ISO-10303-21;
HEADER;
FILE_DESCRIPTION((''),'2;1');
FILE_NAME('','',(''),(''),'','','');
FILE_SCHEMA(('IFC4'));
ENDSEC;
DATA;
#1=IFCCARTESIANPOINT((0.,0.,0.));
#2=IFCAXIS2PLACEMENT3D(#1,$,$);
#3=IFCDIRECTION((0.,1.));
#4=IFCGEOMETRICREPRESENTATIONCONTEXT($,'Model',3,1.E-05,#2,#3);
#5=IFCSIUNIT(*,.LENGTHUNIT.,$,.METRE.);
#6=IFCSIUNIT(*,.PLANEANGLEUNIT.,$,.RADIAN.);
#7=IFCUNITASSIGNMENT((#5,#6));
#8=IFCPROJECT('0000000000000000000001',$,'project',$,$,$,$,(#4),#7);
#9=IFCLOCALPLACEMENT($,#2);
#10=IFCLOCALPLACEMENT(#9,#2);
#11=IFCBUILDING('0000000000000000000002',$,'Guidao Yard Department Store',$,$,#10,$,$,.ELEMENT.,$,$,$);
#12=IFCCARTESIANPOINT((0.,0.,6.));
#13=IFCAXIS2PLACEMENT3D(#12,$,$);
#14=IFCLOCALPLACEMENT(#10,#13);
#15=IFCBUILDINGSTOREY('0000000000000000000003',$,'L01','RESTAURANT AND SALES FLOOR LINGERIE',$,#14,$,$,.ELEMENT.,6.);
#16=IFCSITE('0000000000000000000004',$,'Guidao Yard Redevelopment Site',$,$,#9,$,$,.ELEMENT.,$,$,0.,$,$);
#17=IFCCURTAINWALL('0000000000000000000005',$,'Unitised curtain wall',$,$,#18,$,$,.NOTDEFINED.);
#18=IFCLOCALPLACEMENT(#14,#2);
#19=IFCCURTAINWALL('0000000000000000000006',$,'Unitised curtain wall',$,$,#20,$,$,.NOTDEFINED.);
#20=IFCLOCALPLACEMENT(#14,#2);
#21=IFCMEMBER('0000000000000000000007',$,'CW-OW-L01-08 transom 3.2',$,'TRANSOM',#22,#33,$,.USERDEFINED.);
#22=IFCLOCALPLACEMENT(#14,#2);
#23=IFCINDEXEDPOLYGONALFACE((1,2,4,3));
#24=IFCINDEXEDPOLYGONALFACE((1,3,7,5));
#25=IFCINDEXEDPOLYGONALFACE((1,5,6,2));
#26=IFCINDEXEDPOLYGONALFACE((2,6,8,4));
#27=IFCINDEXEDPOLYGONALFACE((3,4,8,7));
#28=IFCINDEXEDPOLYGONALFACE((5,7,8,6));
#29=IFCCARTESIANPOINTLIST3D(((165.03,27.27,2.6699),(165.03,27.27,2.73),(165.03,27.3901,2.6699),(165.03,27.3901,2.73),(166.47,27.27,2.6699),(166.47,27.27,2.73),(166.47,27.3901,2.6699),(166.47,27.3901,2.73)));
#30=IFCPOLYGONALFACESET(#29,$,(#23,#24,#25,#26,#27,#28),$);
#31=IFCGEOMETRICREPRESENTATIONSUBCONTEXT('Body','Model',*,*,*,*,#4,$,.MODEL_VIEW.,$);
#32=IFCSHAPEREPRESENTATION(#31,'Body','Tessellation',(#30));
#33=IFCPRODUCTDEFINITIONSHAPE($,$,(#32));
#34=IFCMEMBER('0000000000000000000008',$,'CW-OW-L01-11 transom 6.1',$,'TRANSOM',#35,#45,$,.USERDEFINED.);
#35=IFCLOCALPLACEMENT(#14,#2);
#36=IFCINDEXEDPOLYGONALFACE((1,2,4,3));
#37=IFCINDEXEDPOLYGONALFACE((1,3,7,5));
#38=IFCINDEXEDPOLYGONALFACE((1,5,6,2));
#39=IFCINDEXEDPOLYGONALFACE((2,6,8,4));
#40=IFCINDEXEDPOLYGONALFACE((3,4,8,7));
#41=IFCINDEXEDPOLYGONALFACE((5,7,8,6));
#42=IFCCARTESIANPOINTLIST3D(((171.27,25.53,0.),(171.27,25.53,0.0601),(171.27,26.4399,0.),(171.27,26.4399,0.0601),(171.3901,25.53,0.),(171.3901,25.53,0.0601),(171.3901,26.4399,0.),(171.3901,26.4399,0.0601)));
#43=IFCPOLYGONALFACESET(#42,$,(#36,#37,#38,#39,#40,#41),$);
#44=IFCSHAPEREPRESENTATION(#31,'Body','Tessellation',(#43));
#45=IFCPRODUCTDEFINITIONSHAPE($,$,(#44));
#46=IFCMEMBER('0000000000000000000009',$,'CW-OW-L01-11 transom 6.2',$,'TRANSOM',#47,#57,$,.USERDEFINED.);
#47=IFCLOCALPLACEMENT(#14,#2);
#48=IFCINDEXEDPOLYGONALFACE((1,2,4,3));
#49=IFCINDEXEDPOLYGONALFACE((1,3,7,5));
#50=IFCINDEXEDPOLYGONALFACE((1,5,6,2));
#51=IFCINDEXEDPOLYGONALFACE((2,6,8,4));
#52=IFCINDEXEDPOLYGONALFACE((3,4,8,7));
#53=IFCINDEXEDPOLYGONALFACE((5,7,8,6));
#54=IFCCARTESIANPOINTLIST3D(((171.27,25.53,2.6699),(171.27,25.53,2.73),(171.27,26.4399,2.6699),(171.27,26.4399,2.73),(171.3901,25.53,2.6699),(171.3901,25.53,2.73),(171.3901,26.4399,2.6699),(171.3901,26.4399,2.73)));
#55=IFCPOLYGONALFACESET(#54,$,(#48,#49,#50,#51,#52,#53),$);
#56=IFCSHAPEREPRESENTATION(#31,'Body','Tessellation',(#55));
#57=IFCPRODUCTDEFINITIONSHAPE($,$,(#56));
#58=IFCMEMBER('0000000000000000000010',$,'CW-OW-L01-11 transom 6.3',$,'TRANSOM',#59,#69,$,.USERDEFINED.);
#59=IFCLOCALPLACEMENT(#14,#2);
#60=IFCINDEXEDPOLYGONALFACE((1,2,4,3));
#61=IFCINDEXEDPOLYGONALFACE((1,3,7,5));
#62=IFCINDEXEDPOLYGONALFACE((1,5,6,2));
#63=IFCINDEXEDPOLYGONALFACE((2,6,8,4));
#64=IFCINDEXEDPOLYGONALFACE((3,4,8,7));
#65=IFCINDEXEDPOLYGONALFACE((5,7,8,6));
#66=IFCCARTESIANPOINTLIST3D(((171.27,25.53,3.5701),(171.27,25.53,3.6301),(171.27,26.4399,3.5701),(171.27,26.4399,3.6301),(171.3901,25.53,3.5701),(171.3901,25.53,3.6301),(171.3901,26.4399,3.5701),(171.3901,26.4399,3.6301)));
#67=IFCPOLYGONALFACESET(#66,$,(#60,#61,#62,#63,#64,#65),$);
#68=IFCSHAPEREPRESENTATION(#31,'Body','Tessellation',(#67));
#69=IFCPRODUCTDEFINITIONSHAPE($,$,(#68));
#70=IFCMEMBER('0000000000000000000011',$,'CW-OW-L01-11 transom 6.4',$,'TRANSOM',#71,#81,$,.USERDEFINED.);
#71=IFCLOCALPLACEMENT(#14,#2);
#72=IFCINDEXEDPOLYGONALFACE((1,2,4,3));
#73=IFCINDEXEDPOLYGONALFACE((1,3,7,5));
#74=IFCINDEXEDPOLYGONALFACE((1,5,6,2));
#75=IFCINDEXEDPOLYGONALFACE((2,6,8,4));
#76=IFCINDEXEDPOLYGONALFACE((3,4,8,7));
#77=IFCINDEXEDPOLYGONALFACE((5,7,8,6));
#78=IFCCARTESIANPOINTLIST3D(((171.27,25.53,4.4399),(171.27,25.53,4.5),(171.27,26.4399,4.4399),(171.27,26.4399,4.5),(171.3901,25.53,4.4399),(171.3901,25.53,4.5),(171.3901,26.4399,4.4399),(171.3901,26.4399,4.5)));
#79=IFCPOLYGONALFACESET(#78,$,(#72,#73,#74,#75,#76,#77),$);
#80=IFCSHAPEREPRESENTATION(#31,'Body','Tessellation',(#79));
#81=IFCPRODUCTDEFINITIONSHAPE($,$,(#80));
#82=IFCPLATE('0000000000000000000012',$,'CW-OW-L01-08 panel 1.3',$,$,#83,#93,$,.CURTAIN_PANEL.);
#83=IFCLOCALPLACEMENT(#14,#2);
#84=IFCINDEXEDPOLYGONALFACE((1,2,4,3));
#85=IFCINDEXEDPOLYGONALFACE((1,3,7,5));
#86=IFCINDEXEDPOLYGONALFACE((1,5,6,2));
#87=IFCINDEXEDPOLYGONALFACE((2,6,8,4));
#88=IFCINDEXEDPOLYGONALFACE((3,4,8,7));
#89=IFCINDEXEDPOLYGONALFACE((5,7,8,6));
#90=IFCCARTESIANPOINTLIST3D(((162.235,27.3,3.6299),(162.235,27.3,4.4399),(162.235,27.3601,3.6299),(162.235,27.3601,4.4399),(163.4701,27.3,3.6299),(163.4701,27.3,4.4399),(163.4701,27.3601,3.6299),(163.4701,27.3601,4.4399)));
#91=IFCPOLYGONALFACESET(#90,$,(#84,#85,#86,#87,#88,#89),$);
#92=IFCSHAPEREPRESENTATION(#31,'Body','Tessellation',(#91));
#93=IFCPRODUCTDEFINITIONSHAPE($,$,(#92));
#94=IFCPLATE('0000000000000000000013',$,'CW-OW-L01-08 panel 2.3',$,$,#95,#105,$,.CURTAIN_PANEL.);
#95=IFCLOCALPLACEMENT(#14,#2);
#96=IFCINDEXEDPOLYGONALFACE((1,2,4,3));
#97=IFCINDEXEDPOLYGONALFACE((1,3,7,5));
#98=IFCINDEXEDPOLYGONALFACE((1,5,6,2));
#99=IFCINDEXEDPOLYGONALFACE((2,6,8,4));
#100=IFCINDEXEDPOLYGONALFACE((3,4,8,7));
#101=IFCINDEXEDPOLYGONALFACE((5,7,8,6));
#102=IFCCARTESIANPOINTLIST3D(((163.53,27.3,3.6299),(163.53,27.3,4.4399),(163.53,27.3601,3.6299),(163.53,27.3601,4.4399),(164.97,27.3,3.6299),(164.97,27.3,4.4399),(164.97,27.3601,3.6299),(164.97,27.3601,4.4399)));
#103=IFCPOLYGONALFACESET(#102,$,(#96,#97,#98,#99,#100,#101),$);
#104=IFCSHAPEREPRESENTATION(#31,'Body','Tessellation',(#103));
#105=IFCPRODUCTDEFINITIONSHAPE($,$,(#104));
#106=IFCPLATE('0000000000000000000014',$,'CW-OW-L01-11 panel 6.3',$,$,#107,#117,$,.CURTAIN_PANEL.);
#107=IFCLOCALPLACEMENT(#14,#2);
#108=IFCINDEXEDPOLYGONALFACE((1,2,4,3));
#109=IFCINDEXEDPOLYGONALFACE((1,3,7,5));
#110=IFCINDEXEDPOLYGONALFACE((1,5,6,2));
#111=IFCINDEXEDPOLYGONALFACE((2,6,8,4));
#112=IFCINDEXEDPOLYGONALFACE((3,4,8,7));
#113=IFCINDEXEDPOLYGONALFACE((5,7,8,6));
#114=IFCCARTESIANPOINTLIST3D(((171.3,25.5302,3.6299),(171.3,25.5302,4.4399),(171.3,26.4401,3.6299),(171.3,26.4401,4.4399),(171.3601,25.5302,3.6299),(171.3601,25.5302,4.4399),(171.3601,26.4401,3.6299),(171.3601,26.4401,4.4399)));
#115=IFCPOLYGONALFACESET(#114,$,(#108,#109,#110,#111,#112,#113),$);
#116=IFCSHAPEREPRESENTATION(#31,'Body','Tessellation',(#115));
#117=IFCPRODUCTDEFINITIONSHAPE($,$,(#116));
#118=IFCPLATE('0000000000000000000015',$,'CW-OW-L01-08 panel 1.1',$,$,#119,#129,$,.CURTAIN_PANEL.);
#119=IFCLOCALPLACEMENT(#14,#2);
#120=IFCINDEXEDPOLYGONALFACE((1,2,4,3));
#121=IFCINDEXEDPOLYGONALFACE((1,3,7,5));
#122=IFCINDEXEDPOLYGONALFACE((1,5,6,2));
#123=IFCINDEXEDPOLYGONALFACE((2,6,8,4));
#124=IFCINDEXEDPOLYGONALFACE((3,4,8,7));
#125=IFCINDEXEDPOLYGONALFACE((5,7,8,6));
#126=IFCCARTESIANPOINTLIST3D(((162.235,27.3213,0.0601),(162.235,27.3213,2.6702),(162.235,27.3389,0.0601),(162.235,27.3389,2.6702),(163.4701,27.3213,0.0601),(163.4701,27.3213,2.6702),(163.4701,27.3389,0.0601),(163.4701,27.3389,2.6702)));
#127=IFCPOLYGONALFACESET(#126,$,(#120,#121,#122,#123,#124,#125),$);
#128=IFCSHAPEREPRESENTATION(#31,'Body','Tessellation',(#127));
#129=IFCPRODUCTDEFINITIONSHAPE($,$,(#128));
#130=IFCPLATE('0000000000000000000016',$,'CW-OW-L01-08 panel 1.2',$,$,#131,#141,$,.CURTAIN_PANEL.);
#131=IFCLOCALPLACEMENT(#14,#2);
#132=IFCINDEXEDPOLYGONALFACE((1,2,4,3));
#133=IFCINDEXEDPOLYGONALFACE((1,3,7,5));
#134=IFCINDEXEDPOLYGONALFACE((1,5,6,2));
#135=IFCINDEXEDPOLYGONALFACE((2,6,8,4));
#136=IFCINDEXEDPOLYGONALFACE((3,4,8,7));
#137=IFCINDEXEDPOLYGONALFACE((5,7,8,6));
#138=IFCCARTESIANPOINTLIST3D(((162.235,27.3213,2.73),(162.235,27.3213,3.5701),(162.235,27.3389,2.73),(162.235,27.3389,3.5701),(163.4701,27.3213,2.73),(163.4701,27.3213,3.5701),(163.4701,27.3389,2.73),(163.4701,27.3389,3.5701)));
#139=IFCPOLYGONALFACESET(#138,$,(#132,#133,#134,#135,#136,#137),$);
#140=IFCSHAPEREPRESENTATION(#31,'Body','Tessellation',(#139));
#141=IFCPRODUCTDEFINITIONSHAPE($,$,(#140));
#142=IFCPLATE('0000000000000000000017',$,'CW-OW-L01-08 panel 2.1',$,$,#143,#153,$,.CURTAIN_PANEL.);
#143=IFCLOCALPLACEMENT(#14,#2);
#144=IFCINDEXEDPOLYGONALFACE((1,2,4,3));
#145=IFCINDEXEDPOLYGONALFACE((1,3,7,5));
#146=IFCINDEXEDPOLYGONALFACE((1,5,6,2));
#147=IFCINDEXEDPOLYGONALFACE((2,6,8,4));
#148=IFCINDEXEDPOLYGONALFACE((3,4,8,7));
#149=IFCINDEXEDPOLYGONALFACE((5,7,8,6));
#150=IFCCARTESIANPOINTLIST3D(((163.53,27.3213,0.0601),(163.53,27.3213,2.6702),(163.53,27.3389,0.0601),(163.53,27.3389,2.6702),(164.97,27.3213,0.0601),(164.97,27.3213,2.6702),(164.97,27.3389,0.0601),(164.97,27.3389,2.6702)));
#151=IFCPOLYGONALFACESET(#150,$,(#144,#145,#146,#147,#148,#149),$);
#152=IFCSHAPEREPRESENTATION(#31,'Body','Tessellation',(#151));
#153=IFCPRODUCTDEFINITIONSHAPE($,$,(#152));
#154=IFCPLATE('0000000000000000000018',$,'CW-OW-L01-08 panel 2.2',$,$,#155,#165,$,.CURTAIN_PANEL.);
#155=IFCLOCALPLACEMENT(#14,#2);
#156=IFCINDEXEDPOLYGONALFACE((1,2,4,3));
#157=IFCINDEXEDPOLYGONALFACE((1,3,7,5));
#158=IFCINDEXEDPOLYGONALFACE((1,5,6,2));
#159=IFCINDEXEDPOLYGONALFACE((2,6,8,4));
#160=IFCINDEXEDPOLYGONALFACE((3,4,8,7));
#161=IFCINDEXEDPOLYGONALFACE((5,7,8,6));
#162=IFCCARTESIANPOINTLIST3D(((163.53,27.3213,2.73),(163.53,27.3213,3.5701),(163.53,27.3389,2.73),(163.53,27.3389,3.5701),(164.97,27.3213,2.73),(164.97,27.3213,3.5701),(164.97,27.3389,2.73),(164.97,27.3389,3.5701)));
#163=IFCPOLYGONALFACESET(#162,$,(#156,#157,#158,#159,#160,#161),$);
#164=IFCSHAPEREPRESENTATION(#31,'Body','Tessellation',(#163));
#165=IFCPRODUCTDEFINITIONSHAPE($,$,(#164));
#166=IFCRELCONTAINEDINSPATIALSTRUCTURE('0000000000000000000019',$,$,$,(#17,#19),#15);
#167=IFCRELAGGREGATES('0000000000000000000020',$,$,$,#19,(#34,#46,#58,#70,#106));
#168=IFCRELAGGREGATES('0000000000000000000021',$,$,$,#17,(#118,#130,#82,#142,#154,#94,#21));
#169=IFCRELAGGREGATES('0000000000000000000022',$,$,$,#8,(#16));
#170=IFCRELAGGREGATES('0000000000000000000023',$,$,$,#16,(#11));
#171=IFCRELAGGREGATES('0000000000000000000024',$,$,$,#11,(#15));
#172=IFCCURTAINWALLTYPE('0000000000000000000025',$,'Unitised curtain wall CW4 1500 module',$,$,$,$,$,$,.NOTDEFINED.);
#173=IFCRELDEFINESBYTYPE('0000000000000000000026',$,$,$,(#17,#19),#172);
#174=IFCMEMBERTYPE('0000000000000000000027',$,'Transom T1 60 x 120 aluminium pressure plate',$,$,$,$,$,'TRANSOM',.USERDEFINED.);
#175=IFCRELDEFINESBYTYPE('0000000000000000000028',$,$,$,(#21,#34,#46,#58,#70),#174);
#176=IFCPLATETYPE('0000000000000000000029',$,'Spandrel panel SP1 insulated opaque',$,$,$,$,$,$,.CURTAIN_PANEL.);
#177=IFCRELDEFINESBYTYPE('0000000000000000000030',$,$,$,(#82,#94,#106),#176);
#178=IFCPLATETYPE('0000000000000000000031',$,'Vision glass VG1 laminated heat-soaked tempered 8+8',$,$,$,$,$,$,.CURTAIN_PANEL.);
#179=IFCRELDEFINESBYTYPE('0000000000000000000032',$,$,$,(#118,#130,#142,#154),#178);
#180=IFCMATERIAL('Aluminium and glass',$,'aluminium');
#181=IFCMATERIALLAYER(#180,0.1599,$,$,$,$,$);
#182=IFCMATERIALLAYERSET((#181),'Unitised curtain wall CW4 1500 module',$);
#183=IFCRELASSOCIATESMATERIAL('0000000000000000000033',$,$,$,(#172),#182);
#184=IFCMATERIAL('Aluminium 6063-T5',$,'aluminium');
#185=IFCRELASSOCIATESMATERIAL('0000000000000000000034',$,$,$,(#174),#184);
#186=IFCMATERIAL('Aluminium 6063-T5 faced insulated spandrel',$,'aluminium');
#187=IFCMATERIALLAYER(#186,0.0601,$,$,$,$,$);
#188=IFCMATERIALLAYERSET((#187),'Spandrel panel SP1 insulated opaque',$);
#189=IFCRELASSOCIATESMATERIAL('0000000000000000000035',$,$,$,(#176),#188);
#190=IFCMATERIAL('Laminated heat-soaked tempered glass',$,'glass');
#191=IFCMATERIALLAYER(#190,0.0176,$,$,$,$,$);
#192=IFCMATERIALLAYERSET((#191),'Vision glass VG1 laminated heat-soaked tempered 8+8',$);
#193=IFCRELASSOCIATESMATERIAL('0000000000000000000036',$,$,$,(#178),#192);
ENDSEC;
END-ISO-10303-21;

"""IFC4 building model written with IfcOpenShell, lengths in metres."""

from ifc_helpers import new_model, si_unit, direction, frame, origin, origin_2d, place, context, subcontext, project, spatial, rectangle, extrude, material, layer, layer_set, material_profile, profile_set, type_object, element, aggregate, save


model = new_model("IFC4")

# Units and contexts
model_context = context("Model", 3, precision=1e-05, world=origin(), true_north=direction((0.0, 1.0)))
body_context = subcontext(model_context, "Body", "Model", "MODEL_VIEW")
ifc_project = project(units=[si_unit("LENGTHUNIT", "METRE"), si_unit("PLANEANGLEUNIT", "RADIAN")], contexts=[model_context])

# Site, building, storey
site_placement = place(None, origin())
site = spatial("IfcSite", under=ifc_project, at=site_placement, Name="Guidao Yard Redevelopment Site", CompositionType="ELEMENT", RefElevation=0.0)
building_placement = place(site_placement, origin())
building = spatial("IfcBuilding", under=site, at=building_placement, Name="Guidao Yard Department Store", CompositionType="ELEMENT")
storey_placement = place(building_placement, frame((0.0, 0.0, 6.0)))
storey = spatial("IfcBuildingStorey", under=building, at=storey_placement, Name="L01", Description="RESTAURANT AND SALES FLOOR LINGERIE", CompositionType="ELEMENT", Elevation=6.0)

# Curtain wall
ifc_material_1 = material(Name="Aluminium and glass", Category="aluminium")
ifc_layer_1 = layer(ifc_material_1, 0.1599)
ifc_layer_set_1 = layer_set([ifc_layer_1], Name="Unitised curtain wall CW4 1500 module")
curtain_wall_type = type_object("IfcCurtainWallType", Name="Unitised curtain wall CW4 1500 module", PredefinedType="NOTDEFINED", material=ifc_layer_set_1)
curtain_wall_1_placement = place(storey_placement, origin())
curtain_wall_1 = element("IfcCurtainWall", 1, at=curtain_wall_1_placement, inside=storey, type_object=curtain_wall_type, Name="Unitised curtain wall", PredefinedType="NOTDEFINED")

# Curtain wall
curtain_wall_2_placement = place(storey_placement, origin())
curtain_wall_2 = element("IfcCurtainWall", 2, at=curtain_wall_2_placement, inside=storey, type_object=curtain_wall_type, Name="Unitised curtain wall", PredefinedType="NOTDEFINED")

# Members
ifc_material_2 = material(Name="Aluminium 6063-T5", Category="aluminium")
ifc_material_profile_1 = material_profile(ifc_material_2, rectangle(XDim=0.1201, YDim=0.0601, at=origin_2d()), Name="Transom T1 60 x 120 aluminium pressure plate")
ifc_profile_set_1 = profile_set([ifc_material_profile_1], Name="Aluminium 6063-T5")
member_type_1 = type_object("IfcMemberType", Name="Transom T1 60 x 120 aluminium pressure plate", ElementType="TRANSOM", PredefinedType="USERDEFINED", material=ifc_profile_set_1)
member_1_placement = place(storey_placement, frame((165.03, 27.3301, 2.7), z_axis=(1.0, 0.0, 0.0), x_axis=(0.0, 1.0, 0.0)))
member_1 = element("IfcMember", 3, at=member_1_placement, type_object=member_type_1, Name="CW-OW-L01-08 transom 3.2", ObjectType="TRANSOM", PredefinedType="USERDEFINED", context=body_context, shape_type="SweptSolid", body=[
    extrude(rectangle(XDim=0.1201, YDim=0.0601, at=origin_2d()), origin(), (0.0, 0.0, 1.0), 1.4399),
])
member_2_placement = place(storey_placement, frame((171.3301, 26.4399, 0.03), z_axis=(0.0, -1.0, 0.0), x_axis=(1.0, 0.0, 0.0)))
member_2 = element("IfcMember", 4, at=member_2_placement, type_object=member_type_1, Name="CW-OW-L01-11 transom 6.1", ObjectType="TRANSOM", PredefinedType="USERDEFINED", context=body_context, shape_type="SweptSolid", body=[
    extrude(rectangle(XDim=0.1201, YDim=0.0601, at=origin_2d()), origin(), (0.0, 0.0, 1.0), 0.9099),
])
member_3_placement = place(storey_placement, frame((171.3301, 26.4399, 2.7), z_axis=(0.0, -1.0, 0.0), x_axis=(1.0, 0.0, 0.0)))
member_3 = element("IfcMember", 5, at=member_3_placement, type_object=member_type_1, Name="CW-OW-L01-11 transom 6.2", ObjectType="TRANSOM", PredefinedType="USERDEFINED", context=body_context, shape_type="SweptSolid", body=[
    extrude(rectangle(XDim=0.1201, YDim=0.0601, at=origin_2d()), origin(), (0.0, 0.0, 1.0), 0.9099),
])
member_4_placement = place(storey_placement, frame((171.3301, 26.4399, 3.6001), z_axis=(0.0, -1.0, 0.0), x_axis=(1.0, 0.0, 0.0)))
member_4 = element("IfcMember", 6, at=member_4_placement, type_object=member_type_1, Name="CW-OW-L01-11 transom 6.3", ObjectType="TRANSOM", PredefinedType="USERDEFINED", context=body_context, shape_type="SweptSolid", body=[
    extrude(rectangle(XDim=0.1201, YDim=0.0601, at=origin_2d()), origin(), (0.0, 0.0, 1.0), 0.9099),
])
member_5_placement = place(storey_placement, frame((171.3301, 26.4399, 4.47), z_axis=(0.0, -1.0, 0.0), x_axis=(1.0, 0.0, 0.0)))
member_5 = element("IfcMember", 7, at=member_5_placement, type_object=member_type_1, Name="CW-OW-L01-11 transom 6.4", ObjectType="TRANSOM", PredefinedType="USERDEFINED", context=body_context, shape_type="SweptSolid", body=[
    extrude(rectangle(XDim=0.1201, YDim=0.0601, at=origin_2d()), origin(), (0.0, 0.0, 1.0), 0.9099),
])

# Plates
ifc_material_3 = material(Name="Aluminium 6063-T5 faced insulated spandrel", Category="aluminium")
ifc_layer_2 = layer(ifc_material_3, 0.0601)
ifc_layer_set_2 = layer_set([ifc_layer_2], Name="Spandrel panel SP1 insulated opaque")
plate_type_1 = type_object("IfcPlateType", Name="Spandrel panel SP1 insulated opaque", PredefinedType="CURTAIN_PANEL", material=ifc_layer_set_2)
plate_1_placement = place(storey_placement, frame((162.8525, 27.3301, 3.6299), z_axis=(0.0, 0.0, 1.0), x_axis=(1.0, 0.0, 0.0)))
plate_1 = element("IfcPlate", 8, at=plate_1_placement, type_object=plate_type_1, Name="CW-OW-L01-08 panel 1.3", PredefinedType="CURTAIN_PANEL", context=body_context, shape_type="SweptSolid", body=[
    extrude(rectangle(XDim=1.2351, YDim=0.0601, at=origin_2d()), origin(), (0.0, 0.0, 1.0), 0.8101),
])
plate_2_placement = place(storey_placement, frame((164.25, 27.3301, 3.6299), z_axis=(0.0, 0.0, 1.0), x_axis=(1.0, 0.0, 0.0)))
plate_2 = element("IfcPlate", 9, at=plate_2_placement, type_object=plate_type_1, Name="CW-OW-L01-08 panel 2.3", PredefinedType="CURTAIN_PANEL", context=body_context, shape_type="SweptSolid", body=[
    extrude(rectangle(XDim=1.4399, YDim=0.0601, at=origin_2d()), origin(), (0.0, 0.0, 1.0), 0.8101),
])
plate_3_placement = place(storey_placement, frame((171.3301, 25.9851, 3.6299), z_axis=(0.0, 0.0, 1.0), x_axis=(0.0, -1.0, 0.0)))
plate_3 = element("IfcPlate", 10, at=plate_3_placement, type_object=plate_type_1, Name="CW-OW-L01-11 panel 6.3", PredefinedType="CURTAIN_PANEL", context=body_context, shape_type="SweptSolid", body=[
    extrude(rectangle(XDim=0.9099, YDim=0.0601, at=origin_2d()), origin(), (0.0, 0.0, 1.0), 0.8101),
])
aggregate(curtain_wall_2, [member_2, member_3, member_4, member_5, plate_3])
ifc_material_4 = material(Name="Laminated heat-soaked tempered glass", Category="glass")
ifc_layer_3 = layer(ifc_material_4, 0.0176)
ifc_layer_set_3 = layer_set([ifc_layer_3], Name="Vision glass VG1 laminated heat-soaked tempered 8+8")
plate_type_2 = type_object("IfcPlateType", Name="Vision glass VG1 laminated heat-soaked tempered 8+8", PredefinedType="CURTAIN_PANEL", material=ifc_layer_set_3)
plate_4_placement = place(storey_placement, frame((162.8525, 27.3301, 0.0601), z_axis=(0.0, 0.0, 1.0), x_axis=(1.0, 0.0, 0.0)))
plate_4 = element("IfcPlate", 11, at=plate_4_placement, type_object=plate_type_2, Name="CW-OW-L01-08 panel 1.1", PredefinedType="CURTAIN_PANEL", context=body_context, shape_type="SweptSolid", body=[
    extrude(rectangle(XDim=1.2351, YDim=0.0176, at=origin_2d()), origin(), (0.0, 0.0, 1.0), 2.6101),
])
plate_5_placement = place(storey_placement, frame((162.8525, 27.3301, 2.73), z_axis=(0.0, 0.0, 1.0), x_axis=(1.0, 0.0, 0.0)))
plate_5 = element("IfcPlate", 12, at=plate_5_placement, type_object=plate_type_2, Name="CW-OW-L01-08 panel 1.2", PredefinedType="CURTAIN_PANEL", context=body_context, shape_type="SweptSolid", body=[
    extrude(rectangle(XDim=1.2351, YDim=0.0176, at=origin_2d()), origin(), (0.0, 0.0, 1.0), 0.8401),
])
plate_6_placement = place(storey_placement, frame((164.25, 27.3301, 0.0601), z_axis=(0.0, 0.0, 1.0), x_axis=(1.0, 0.0, 0.0)))
plate_6 = element("IfcPlate", 13, at=plate_6_placement, type_object=plate_type_2, Name="CW-OW-L01-08 panel 2.1", PredefinedType="CURTAIN_PANEL", context=body_context, shape_type="SweptSolid", body=[
    extrude(rectangle(XDim=1.4399, YDim=0.0176, at=origin_2d()), origin(), (0.0, 0.0, 1.0), 2.6101),
])
plate_7_placement = place(storey_placement, frame((164.25, 27.3301, 2.73), z_axis=(0.0, 0.0, 1.0), x_axis=(1.0, 0.0, 0.0)))
plate_7 = element("IfcPlate", 14, at=plate_7_placement, type_object=plate_type_2, Name="CW-OW-L01-08 panel 2.2", PredefinedType="CURTAIN_PANEL", context=body_context, shape_type="SweptSolid", body=[
    extrude(rectangle(XDim=1.4399, YDim=0.0176, at=origin_2d()), origin(), (0.0, 0.0, 1.0), 0.8401),
])
aggregate(curtain_wall_1, [plate_4, plate_5, plate_1, plate_6, plate_7, plate_2, member_1])

save(model, "model.ifc")
